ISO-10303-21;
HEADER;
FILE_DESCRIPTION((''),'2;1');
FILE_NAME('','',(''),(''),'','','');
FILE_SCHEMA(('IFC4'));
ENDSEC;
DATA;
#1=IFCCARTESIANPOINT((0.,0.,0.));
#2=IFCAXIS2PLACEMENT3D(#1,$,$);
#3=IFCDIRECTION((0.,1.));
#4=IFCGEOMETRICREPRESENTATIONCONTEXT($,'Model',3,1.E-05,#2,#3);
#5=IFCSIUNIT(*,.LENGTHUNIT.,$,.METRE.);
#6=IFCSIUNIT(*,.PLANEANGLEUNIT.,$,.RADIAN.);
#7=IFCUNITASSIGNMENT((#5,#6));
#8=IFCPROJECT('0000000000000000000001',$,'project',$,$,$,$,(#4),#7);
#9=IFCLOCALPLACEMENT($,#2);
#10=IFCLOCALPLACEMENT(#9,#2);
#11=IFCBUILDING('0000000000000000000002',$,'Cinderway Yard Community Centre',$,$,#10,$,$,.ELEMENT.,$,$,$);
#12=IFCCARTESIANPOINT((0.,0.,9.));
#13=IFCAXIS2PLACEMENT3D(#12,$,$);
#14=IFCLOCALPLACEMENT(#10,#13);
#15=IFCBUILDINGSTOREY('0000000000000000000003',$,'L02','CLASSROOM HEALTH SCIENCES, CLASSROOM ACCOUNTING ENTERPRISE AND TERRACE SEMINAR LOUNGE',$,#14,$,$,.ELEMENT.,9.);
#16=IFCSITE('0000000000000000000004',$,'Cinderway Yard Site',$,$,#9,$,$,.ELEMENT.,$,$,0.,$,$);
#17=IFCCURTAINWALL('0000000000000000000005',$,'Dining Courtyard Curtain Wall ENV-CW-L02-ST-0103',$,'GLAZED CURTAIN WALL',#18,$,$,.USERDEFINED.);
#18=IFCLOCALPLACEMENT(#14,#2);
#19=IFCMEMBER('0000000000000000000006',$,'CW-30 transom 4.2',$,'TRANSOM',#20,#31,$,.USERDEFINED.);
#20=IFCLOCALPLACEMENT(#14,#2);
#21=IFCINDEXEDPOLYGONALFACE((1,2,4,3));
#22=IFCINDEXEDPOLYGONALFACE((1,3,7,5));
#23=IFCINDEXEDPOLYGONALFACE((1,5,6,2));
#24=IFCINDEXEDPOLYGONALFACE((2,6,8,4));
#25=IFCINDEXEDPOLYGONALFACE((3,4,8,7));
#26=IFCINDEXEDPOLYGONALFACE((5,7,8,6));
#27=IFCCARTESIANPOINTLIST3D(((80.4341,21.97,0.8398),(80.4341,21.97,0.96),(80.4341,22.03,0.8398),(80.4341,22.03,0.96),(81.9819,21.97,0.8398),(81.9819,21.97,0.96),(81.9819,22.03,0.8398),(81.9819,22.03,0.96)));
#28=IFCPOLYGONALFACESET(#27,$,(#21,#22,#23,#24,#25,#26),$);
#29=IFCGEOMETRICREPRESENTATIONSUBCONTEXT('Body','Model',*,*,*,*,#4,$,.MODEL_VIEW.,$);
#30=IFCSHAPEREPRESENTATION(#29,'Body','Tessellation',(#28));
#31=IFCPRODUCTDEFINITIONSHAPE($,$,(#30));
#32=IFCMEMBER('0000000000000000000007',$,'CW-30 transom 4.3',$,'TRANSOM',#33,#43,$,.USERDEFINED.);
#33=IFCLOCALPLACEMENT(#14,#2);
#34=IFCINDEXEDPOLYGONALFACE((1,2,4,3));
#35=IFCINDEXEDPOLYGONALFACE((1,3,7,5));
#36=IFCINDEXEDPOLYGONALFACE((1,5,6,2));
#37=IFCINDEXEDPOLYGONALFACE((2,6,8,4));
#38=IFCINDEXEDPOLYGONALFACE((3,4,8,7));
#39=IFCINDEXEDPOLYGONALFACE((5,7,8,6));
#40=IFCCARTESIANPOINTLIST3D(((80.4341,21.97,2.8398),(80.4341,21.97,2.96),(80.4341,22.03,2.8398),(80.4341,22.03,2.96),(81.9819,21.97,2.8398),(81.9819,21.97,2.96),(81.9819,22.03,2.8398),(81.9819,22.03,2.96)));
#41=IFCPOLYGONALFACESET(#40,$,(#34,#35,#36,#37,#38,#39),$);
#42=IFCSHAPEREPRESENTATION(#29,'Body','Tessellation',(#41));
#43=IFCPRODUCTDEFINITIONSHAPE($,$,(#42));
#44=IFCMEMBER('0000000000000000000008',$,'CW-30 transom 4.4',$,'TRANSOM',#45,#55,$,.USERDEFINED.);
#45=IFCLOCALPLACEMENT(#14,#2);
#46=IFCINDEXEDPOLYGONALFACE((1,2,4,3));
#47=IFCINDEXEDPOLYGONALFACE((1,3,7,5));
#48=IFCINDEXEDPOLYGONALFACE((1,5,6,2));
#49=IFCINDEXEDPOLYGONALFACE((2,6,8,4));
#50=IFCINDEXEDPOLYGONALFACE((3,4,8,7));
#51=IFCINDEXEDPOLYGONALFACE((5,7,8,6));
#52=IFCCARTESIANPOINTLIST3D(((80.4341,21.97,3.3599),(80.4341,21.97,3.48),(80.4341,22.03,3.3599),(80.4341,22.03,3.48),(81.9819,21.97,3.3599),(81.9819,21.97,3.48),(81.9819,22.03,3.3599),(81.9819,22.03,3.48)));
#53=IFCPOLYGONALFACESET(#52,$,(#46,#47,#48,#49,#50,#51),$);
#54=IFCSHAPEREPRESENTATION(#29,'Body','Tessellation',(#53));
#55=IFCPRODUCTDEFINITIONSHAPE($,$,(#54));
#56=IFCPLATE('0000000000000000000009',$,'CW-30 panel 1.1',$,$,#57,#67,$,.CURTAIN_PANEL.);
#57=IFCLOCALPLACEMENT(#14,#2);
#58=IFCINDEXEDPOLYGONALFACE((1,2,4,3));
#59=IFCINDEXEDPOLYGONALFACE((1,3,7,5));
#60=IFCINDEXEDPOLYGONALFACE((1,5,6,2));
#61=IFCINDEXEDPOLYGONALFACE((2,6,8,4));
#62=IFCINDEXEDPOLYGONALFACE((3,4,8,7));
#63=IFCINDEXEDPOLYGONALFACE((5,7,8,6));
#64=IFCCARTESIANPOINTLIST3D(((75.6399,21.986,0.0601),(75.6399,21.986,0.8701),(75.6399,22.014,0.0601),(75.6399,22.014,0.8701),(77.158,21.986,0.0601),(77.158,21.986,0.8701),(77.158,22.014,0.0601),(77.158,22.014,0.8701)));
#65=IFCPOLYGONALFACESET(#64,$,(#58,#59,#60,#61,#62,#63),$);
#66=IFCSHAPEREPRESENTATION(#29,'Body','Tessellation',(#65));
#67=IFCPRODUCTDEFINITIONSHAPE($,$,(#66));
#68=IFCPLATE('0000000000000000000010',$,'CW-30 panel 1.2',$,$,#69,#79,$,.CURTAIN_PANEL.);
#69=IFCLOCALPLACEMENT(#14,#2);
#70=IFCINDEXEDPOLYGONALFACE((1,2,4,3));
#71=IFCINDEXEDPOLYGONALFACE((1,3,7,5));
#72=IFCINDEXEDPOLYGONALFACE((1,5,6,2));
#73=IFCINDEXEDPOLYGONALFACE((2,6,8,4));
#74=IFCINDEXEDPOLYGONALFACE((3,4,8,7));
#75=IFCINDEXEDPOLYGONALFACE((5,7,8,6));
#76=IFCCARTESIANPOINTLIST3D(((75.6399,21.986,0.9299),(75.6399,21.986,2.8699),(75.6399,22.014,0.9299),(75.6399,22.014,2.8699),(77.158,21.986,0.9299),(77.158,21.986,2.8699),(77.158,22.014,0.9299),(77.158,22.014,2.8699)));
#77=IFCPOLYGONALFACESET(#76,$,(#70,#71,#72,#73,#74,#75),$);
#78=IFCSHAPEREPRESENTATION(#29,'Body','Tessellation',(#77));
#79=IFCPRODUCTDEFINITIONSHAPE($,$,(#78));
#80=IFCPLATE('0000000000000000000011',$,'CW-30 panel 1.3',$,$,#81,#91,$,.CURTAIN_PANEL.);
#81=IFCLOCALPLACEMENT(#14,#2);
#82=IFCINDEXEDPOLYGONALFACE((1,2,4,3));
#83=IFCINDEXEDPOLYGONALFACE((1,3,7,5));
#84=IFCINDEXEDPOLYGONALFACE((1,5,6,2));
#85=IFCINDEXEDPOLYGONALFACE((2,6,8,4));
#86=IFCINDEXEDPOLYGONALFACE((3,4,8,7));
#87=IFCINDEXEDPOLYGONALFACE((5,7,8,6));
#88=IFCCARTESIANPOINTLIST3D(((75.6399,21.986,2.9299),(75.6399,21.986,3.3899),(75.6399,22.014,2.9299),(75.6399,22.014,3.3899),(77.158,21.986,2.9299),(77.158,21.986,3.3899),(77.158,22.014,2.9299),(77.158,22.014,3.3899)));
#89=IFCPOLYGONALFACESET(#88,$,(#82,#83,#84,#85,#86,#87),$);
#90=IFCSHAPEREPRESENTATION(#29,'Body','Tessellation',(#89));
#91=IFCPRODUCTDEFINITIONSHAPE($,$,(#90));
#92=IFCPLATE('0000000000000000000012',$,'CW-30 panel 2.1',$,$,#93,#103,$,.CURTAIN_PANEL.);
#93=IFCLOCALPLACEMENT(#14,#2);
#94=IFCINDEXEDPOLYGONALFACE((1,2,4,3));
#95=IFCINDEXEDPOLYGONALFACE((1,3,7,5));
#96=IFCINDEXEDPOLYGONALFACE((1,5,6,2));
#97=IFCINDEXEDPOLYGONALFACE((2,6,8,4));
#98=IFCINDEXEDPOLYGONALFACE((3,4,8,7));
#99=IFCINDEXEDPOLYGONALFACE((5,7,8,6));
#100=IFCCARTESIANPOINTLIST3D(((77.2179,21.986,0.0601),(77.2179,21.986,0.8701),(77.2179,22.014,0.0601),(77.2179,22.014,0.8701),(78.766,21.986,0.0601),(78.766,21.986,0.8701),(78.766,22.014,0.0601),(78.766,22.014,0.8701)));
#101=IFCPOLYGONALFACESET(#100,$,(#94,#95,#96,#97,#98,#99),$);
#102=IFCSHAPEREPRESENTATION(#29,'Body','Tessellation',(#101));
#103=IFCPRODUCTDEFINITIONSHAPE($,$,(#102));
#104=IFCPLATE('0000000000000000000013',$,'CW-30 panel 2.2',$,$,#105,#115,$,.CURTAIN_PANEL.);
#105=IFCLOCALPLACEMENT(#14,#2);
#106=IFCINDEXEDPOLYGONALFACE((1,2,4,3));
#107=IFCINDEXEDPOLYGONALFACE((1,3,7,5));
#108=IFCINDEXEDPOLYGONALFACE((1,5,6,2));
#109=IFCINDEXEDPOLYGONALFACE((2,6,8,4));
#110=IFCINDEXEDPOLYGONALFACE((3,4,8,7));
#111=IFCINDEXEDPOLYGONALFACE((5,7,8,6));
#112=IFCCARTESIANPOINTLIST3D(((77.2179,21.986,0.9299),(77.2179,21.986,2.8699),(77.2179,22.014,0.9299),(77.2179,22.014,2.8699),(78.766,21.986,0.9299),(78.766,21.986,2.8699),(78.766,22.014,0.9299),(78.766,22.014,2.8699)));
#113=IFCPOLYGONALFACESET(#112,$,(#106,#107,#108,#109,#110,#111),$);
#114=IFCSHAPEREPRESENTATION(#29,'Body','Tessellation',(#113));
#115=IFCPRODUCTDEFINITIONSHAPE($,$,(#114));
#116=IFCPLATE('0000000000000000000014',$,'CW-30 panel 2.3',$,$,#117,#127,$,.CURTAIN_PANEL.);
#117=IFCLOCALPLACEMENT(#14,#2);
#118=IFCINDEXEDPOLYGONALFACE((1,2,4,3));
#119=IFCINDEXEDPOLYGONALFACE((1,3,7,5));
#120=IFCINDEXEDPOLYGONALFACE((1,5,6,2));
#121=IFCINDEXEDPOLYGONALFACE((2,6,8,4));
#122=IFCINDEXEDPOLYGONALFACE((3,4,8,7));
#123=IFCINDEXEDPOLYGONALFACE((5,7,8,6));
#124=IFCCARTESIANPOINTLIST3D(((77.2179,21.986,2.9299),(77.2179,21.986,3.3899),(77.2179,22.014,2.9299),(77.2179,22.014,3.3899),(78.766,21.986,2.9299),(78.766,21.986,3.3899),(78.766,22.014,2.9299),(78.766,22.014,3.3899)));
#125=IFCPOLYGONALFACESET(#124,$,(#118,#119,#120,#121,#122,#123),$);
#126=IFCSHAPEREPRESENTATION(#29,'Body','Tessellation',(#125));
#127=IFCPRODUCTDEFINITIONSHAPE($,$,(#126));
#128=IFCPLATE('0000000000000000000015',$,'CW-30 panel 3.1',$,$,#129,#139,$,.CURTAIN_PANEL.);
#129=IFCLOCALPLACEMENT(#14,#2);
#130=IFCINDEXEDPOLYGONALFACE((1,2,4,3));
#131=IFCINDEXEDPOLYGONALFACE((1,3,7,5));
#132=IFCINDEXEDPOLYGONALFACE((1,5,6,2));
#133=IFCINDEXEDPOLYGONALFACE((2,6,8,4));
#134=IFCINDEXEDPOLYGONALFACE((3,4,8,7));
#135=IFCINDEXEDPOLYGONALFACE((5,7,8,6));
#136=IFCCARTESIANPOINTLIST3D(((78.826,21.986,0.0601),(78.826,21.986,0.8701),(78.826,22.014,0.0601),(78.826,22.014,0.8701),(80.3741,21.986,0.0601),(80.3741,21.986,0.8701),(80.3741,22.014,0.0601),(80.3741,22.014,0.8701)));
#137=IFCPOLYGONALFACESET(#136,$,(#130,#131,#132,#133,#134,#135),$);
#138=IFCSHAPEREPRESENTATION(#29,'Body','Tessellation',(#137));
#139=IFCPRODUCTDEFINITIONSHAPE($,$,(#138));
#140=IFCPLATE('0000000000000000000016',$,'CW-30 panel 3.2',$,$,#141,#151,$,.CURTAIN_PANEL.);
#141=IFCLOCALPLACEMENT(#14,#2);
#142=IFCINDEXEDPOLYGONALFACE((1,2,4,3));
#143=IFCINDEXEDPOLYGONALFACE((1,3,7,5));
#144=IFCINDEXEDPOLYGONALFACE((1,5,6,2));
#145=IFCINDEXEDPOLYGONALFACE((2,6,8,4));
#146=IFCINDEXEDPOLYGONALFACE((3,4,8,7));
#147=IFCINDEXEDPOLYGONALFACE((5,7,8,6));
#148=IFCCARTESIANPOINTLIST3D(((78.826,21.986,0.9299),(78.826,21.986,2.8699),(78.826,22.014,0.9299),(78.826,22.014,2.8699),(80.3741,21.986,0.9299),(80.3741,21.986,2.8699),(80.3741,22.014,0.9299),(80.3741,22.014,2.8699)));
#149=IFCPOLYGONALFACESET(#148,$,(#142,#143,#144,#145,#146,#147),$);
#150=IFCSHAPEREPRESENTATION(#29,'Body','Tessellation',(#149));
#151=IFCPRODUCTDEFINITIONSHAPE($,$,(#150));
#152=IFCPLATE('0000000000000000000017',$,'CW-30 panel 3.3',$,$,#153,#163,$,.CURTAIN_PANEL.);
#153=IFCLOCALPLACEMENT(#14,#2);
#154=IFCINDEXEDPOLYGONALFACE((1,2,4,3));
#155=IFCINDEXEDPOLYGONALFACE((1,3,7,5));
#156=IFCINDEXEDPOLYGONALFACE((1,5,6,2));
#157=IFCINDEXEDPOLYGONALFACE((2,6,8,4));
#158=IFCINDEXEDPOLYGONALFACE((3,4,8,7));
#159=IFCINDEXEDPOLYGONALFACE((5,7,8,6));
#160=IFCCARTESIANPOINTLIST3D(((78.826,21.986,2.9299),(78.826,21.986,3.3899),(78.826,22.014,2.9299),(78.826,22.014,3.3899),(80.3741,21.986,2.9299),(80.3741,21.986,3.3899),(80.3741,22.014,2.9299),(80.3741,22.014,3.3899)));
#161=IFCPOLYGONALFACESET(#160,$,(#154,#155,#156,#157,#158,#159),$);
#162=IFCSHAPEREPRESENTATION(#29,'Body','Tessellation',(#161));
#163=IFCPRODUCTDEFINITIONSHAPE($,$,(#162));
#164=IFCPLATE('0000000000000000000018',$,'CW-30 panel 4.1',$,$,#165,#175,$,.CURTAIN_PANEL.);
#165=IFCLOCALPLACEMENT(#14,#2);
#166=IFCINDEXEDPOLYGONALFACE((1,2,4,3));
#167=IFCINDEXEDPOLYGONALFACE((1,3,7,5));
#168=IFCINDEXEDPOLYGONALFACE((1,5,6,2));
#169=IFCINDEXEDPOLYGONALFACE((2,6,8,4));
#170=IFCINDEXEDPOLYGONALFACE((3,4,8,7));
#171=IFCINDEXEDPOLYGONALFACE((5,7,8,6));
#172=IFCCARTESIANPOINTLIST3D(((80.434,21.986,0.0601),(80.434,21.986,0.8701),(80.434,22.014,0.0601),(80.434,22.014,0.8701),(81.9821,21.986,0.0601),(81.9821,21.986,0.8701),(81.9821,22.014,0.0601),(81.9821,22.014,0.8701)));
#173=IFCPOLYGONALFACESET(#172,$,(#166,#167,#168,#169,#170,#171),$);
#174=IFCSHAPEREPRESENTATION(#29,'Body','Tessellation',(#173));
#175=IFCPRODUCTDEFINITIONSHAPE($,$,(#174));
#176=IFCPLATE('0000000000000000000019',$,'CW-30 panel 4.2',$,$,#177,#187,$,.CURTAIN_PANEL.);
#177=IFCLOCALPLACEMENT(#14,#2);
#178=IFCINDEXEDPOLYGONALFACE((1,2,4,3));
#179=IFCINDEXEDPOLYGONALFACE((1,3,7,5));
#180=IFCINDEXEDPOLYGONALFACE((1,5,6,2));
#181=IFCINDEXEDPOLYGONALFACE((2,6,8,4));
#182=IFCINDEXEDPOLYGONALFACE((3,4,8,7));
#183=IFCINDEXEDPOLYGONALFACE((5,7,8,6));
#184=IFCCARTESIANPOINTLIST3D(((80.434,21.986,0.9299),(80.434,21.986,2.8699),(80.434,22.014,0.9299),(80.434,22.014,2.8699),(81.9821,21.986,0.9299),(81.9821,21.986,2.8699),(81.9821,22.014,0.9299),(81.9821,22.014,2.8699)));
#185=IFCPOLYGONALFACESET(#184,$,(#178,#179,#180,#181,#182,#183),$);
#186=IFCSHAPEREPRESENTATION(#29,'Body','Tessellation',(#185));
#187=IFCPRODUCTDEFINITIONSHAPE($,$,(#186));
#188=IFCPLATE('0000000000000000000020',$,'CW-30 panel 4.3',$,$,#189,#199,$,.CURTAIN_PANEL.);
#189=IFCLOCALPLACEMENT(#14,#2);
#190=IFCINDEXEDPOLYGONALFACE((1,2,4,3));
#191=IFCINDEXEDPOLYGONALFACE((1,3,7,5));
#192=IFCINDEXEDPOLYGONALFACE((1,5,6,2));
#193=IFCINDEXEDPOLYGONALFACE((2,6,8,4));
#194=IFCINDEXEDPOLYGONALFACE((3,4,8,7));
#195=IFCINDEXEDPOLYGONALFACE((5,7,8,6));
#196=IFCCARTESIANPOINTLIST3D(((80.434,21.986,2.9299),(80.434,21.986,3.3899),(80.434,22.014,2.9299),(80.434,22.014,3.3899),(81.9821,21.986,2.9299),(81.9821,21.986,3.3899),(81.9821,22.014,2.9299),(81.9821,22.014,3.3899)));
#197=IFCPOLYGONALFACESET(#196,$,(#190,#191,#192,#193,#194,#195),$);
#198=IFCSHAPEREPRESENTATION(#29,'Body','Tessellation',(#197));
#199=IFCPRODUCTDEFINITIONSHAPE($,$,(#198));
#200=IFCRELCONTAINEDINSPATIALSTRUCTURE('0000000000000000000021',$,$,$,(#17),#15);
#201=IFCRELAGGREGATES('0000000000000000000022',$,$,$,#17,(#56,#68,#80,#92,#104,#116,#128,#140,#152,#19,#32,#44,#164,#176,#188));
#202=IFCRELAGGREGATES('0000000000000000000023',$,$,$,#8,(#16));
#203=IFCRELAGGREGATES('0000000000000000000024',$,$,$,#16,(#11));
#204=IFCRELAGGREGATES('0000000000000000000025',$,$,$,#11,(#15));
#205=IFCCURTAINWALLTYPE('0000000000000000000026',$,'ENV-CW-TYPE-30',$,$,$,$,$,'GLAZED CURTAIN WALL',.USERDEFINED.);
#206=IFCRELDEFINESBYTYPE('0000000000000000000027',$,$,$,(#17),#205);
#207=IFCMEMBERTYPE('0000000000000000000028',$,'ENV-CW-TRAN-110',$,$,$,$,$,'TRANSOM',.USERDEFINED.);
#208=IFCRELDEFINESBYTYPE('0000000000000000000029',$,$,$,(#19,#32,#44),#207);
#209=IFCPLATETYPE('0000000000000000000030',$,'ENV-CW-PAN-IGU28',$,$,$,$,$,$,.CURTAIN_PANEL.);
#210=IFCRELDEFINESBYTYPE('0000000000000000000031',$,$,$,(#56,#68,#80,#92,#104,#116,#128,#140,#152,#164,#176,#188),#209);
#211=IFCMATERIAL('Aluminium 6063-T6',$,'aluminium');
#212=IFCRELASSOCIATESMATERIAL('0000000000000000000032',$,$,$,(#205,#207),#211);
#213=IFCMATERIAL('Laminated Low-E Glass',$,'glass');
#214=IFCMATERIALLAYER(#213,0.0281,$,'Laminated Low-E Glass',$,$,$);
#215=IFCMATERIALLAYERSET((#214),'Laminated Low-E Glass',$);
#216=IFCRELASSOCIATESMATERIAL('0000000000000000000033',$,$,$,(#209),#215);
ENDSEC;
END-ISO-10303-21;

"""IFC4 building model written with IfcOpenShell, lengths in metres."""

from ifc_helpers import new_model, si_unit, direction, frame, origin, origin_2d, place, context, subcontext, project, spatial, rectangle, extrude, material, layer, layer_set, material_profile, profile_set, type_object, element, aggregate, save


model = new_model("IFC4")

# Units and contexts
model_context = context("Model", 3, precision=1e-05, world=origin(), true_north=direction((0.0, 1.0)))
body_context = subcontext(model_context, "Body", "Model", "MODEL_VIEW")
ifc_project = project(units=[si_unit("LENGTHUNIT", "METRE"), si_unit("PLANEANGLEUNIT", "RADIAN")], contexts=[model_context])

# Site, building, storey
site_placement = place(None, origin())
site = spatial("IfcSite", under=ifc_project, at=site_placement, Name="Cinderway Yard Site", CompositionType="ELEMENT", RefElevation=0.0)
building_placement = place(site_placement, origin())
building = spatial("IfcBuilding", under=site, at=building_placement, Name="Cinderway Yard Community Centre", CompositionType="ELEMENT")
storey_placement = place(building_placement, frame((0.0, 0.0, 9.0)))
storey = spatial("IfcBuildingStorey", under=building, at=storey_placement, Name="L02", Description="CLASSROOM HEALTH SCIENCES, CLASSROOM ACCOUNTING ENTERPRISE AND TERRACE SEMINAR LOUNGE", CompositionType="ELEMENT", Elevation=9.0)

# Curtain wall, members, plates
ifc_material_1 = material(Name="Aluminium 6063-T6", Category="aluminium")
curtain_wall_type = type_object("IfcCurtainWallType", Name="ENV-CW-TYPE-30", ElementType="GLAZED CURTAIN WALL", PredefinedType="USERDEFINED", material=ifc_material_1)
curtain_wall_placement = place(storey_placement, origin())
curtain_wall = element("IfcCurtainWall", 1, at=curtain_wall_placement, inside=storey, type_object=curtain_wall_type, Name="Dining Courtyard Curtain Wall ENV-CW-L02-ST-0103", ObjectType="GLAZED CURTAIN WALL", PredefinedType="USERDEFINED")
ifc_material_profile_1 = material_profile(ifc_material_1, rectangle(XDim=0.0601, YDim=0.1201, at=origin_2d()), Name="Aluminium 6063-T6")
ifc_profile_set_1 = profile_set([ifc_material_profile_1], Name="Aluminium 6063-T6")
member_type_1 = type_object("IfcMemberType", Name="ENV-CW-TRAN-110", ElementType="TRANSOM", PredefinedType="USERDEFINED", material=ifc_profile_set_1)
member_1_placement = place(storey_placement, frame((80.4341, 22.0, 0.8999), z_axis=(1.0, 0.0, 0.0), x_axis=(0.0, 1.0, 0.0)))
member_1 = element("IfcMember", 2, at=member_1_placement, type_object=member_type_1, Name="CW-30 transom 4.2", ObjectType="TRANSOM", PredefinedType="USERDEFINED", context=body_context, shape_type="SweptSolid", body=[
    extrude(rectangle(XDim=0.0601, YDim=0.1201, at=origin_2d()), origin(), (0.0, 0.0, 1.0), 1.5479),
])
member_2_placement = place(storey_placement, frame((80.4341, 22.0, 2.8999), z_axis=(1.0, 0.0, 0.0), x_axis=(0.0, 1.0, 0.0)))
member_2 = element("IfcMember", 3, at=member_2_placement, type_object=member_type_1, Name="CW-30 transom 4.3", ObjectType="TRANSOM", PredefinedType="USERDEFINED", context=body_context, shape_type="SweptSolid", body=[
    extrude(rectangle(XDim=0.0601, YDim=0.1201, at=origin_2d()), origin(), (0.0, 0.0, 1.0), 1.5479),
])
member_3_placement = place(storey_placement, frame((80.4341, 22.0, 3.4199), z_axis=(1.0, 0.0, 0.0), x_axis=(0.0, 1.0, 0.0)))
member_3 = element("IfcMember", 4, at=member_3_placement, type_object=member_type_1, Name="CW-30 transom 4.4", ObjectType="TRANSOM", PredefinedType="USERDEFINED", context=body_context, shape_type="SweptSolid", body=[
    extrude(rectangle(XDim=0.0601, YDim=0.1201, at=origin_2d()), origin(), (0.0, 0.0, 1.0), 1.5479),
])
ifc_material_2 = material(Name="Laminated Low-E Glass", Category="glass")
ifc_layer = layer(ifc_material_2, 0.0281, Name="Laminated Low-E Glass")
ifc_layer_set = layer_set([ifc_layer], Name="Laminated Low-E Glass")
plate_type = type_object("IfcPlateType", Name="ENV-CW-PAN-IGU28", PredefinedType="CURTAIN_PANEL", material=ifc_layer_set)
plate_1_placement = place(storey_placement, frame((76.3989, 22.0, 0.0601), z_axis=(0.0, 0.0, 1.0), x_axis=(1.0, 0.0, 0.0)))
plate_1 = element("IfcPlate", 5, at=plate_1_placement, type_object=plate_type, Name="CW-30 panel 1.1", PredefinedType="CURTAIN_PANEL", context=body_context, shape_type="SweptSolid", body=[
    extrude(rectangle(XDim=1.5181, YDim=0.0281, at=origin_2d()), origin(), (0.0, 0.0, 1.0), 0.8101),
])
plate_2_placement = place(storey_placement, frame((76.3989, 22.0, 0.9299), z_axis=(0.0, 0.0, 1.0), x_axis=(1.0, 0.0, 0.0)))
plate_2 = element("IfcPlate", 6, at=plate_2_placement, type_object=plate_type, Name="CW-30 panel 1.2", PredefinedType="CURTAIN_PANEL", context=body_context, shape_type="SweptSolid", body=[
    extrude(rectangle(XDim=1.5181, YDim=0.0281, at=origin_2d()), origin(), (0.0, 0.0, 1.0), 1.9399),
])
plate_3_placement = place(storey_placement, frame((76.3989, 22.0, 2.9299), z_axis=(0.0, 0.0, 1.0), x_axis=(1.0, 0.0, 0.0)))
plate_3 = element("IfcPlate", 7, at=plate_3_placement, type_object=plate_type, Name="CW-30 panel 1.3", PredefinedType="CURTAIN_PANEL", context=body_context, shape_type="SweptSolid", body=[
    extrude(rectangle(XDim=1.5181, YDim=0.0281, at=origin_2d()), origin(), (0.0, 0.0, 1.0), 0.46),
])
plate_4_placement = place(storey_placement, frame((77.9919, 22.0, 0.0601), z_axis=(0.0, 0.0, 1.0), x_axis=(1.0, 0.0, 0.0)))
plate_4 = element("IfcPlate", 8, at=plate_4_placement, type_object=plate_type, Name="CW-30 panel 2.1", PredefinedType="CURTAIN_PANEL", context=body_context, shape_type="SweptSolid", body=[
    extrude(rectangle(XDim=1.5481, YDim=0.0281, at=origin_2d()), origin(), (0.0, 0.0, 1.0), 0.8101),
])
plate_5_placement = place(storey_placement, frame((77.9919, 22.0, 0.9299), z_axis=(0.0, 0.0, 1.0), x_axis=(1.0, 0.0, 0.0)))
plate_5 = element("IfcPlate", 9, at=plate_5_placement, type_object=plate_type, Name="CW-30 panel 2.2", PredefinedType="CURTAIN_PANEL", context=body_context, shape_type="SweptSolid", body=[
    extrude(rectangle(XDim=1.5481, YDim=0.0281, at=origin_2d()), origin(), (0.0, 0.0, 1.0), 1.9399),
])
plate_6_placement = place(storey_placement, frame((77.9919, 22.0, 2.9299), z_axis=(0.0, 0.0, 1.0), x_axis=(1.0, 0.0, 0.0)))
plate_6 = element("IfcPlate", 10, at=plate_6_placement, type_object=plate_type, Name="CW-30 panel 2.3", PredefinedType="CURTAIN_PANEL", context=body_context, shape_type="SweptSolid", body=[
    extrude(rectangle(XDim=1.5481, YDim=0.0281, at=origin_2d()), origin(), (0.0, 0.0, 1.0), 0.46),
])
plate_7_placement = place(storey_placement, frame((79.6001, 22.0, 0.0601), z_axis=(0.0, 0.0, 1.0), x_axis=(1.0, 0.0, 0.0)))
plate_7 = element("IfcPlate", 11, at=plate_7_placement, type_object=plate_type, Name="CW-30 panel 3.1", PredefinedType="CURTAIN_PANEL", context=body_context, shape_type="SweptSolid", body=[
    extrude(rectangle(XDim=1.5481, YDim=0.0281, at=origin_2d()), origin(), (0.0, 0.0, 1.0), 0.8101),
])
plate_8_placement = place(storey_placement, frame((79.6001, 22.0, 0.9299), z_axis=(0.0, 0.0, 1.0), x_axis=(1.0, 0.0, 0.0)))
plate_8 = element("IfcPlate", 12, at=plate_8_placement, type_object=plate_type, Name="CW-30 panel 3.2", PredefinedType="CURTAIN_PANEL", context=body_context, shape_type="SweptSolid", body=[
    extrude(rectangle(XDim=1.5481, YDim=0.0281, at=origin_2d()), origin(), (0.0, 0.0, 1.0), 1.9399),
])
plate_9_placement = place(storey_placement, frame((79.6001, 22.0, 2.9299), z_axis=(0.0, 0.0, 1.0), x_axis=(1.0, 0.0, 0.0)))
plate_9 = element("IfcPlate", 13, at=plate_9_placement, type_object=plate_type, Name="CW-30 panel 3.3", PredefinedType="CURTAIN_PANEL", context=body_context, shape_type="SweptSolid", body=[
    extrude(rectangle(XDim=1.5481, YDim=0.0281, at=origin_2d()), origin(), (0.0, 0.0, 1.0), 0.46),
])
plate_10_placement = place(storey_placement, frame((81.208, 22.0, 0.0601), z_axis=(0.0, 0.0, 1.0), x_axis=(1.0, 0.0, 0.0)))
plate_10 = element("IfcPlate", 14, at=plate_10_placement, type_object=plate_type, Name="CW-30 panel 4.1", PredefinedType="CURTAIN_PANEL", context=body_context, shape_type="SweptSolid", body=[
    extrude(rectangle(XDim=1.5481, YDim=0.0281, at=origin_2d()), origin(), (0.0, 0.0, 1.0), 0.8101),
])
plate_11_placement = place(storey_placement, frame((81.208, 22.0, 0.9299), z_axis=(0.0, 0.0, 1.0), x_axis=(1.0, 0.0, 0.0)))
plate_11 = element("IfcPlate", 15, at=plate_11_placement, type_object=plate_type, Name="CW-30 panel 4.2", PredefinedType="CURTAIN_PANEL", context=body_context, shape_type="SweptSolid", body=[
    extrude(rectangle(XDim=1.5481, YDim=0.0281, at=origin_2d()), origin(), (0.0, 0.0, 1.0), 1.9399),
])
plate_12_placement = place(storey_placement, frame((81.208, 22.0, 2.9299), z_axis=(0.0, 0.0, 1.0), x_axis=(1.0, 0.0, 0.0)))
plate_12 = element("IfcPlate", 16, at=plate_12_placement, type_object=plate_type, Name="CW-30 panel 4.3", PredefinedType="CURTAIN_PANEL", context=body_context, shape_type="SweptSolid", body=[
    extrude(rectangle(XDim=1.5481, YDim=0.0281, at=origin_2d()), origin(), (0.0, 0.0, 1.0), 0.46),
])
aggregate(curtain_wall, [plate_1, plate_2, plate_3, plate_4, plate_5, plate_6, plate_7, plate_8, plate_9, member_1, member_2, member_3, plate_10, plate_11, plate_12])

save(model, "model.ifc")
